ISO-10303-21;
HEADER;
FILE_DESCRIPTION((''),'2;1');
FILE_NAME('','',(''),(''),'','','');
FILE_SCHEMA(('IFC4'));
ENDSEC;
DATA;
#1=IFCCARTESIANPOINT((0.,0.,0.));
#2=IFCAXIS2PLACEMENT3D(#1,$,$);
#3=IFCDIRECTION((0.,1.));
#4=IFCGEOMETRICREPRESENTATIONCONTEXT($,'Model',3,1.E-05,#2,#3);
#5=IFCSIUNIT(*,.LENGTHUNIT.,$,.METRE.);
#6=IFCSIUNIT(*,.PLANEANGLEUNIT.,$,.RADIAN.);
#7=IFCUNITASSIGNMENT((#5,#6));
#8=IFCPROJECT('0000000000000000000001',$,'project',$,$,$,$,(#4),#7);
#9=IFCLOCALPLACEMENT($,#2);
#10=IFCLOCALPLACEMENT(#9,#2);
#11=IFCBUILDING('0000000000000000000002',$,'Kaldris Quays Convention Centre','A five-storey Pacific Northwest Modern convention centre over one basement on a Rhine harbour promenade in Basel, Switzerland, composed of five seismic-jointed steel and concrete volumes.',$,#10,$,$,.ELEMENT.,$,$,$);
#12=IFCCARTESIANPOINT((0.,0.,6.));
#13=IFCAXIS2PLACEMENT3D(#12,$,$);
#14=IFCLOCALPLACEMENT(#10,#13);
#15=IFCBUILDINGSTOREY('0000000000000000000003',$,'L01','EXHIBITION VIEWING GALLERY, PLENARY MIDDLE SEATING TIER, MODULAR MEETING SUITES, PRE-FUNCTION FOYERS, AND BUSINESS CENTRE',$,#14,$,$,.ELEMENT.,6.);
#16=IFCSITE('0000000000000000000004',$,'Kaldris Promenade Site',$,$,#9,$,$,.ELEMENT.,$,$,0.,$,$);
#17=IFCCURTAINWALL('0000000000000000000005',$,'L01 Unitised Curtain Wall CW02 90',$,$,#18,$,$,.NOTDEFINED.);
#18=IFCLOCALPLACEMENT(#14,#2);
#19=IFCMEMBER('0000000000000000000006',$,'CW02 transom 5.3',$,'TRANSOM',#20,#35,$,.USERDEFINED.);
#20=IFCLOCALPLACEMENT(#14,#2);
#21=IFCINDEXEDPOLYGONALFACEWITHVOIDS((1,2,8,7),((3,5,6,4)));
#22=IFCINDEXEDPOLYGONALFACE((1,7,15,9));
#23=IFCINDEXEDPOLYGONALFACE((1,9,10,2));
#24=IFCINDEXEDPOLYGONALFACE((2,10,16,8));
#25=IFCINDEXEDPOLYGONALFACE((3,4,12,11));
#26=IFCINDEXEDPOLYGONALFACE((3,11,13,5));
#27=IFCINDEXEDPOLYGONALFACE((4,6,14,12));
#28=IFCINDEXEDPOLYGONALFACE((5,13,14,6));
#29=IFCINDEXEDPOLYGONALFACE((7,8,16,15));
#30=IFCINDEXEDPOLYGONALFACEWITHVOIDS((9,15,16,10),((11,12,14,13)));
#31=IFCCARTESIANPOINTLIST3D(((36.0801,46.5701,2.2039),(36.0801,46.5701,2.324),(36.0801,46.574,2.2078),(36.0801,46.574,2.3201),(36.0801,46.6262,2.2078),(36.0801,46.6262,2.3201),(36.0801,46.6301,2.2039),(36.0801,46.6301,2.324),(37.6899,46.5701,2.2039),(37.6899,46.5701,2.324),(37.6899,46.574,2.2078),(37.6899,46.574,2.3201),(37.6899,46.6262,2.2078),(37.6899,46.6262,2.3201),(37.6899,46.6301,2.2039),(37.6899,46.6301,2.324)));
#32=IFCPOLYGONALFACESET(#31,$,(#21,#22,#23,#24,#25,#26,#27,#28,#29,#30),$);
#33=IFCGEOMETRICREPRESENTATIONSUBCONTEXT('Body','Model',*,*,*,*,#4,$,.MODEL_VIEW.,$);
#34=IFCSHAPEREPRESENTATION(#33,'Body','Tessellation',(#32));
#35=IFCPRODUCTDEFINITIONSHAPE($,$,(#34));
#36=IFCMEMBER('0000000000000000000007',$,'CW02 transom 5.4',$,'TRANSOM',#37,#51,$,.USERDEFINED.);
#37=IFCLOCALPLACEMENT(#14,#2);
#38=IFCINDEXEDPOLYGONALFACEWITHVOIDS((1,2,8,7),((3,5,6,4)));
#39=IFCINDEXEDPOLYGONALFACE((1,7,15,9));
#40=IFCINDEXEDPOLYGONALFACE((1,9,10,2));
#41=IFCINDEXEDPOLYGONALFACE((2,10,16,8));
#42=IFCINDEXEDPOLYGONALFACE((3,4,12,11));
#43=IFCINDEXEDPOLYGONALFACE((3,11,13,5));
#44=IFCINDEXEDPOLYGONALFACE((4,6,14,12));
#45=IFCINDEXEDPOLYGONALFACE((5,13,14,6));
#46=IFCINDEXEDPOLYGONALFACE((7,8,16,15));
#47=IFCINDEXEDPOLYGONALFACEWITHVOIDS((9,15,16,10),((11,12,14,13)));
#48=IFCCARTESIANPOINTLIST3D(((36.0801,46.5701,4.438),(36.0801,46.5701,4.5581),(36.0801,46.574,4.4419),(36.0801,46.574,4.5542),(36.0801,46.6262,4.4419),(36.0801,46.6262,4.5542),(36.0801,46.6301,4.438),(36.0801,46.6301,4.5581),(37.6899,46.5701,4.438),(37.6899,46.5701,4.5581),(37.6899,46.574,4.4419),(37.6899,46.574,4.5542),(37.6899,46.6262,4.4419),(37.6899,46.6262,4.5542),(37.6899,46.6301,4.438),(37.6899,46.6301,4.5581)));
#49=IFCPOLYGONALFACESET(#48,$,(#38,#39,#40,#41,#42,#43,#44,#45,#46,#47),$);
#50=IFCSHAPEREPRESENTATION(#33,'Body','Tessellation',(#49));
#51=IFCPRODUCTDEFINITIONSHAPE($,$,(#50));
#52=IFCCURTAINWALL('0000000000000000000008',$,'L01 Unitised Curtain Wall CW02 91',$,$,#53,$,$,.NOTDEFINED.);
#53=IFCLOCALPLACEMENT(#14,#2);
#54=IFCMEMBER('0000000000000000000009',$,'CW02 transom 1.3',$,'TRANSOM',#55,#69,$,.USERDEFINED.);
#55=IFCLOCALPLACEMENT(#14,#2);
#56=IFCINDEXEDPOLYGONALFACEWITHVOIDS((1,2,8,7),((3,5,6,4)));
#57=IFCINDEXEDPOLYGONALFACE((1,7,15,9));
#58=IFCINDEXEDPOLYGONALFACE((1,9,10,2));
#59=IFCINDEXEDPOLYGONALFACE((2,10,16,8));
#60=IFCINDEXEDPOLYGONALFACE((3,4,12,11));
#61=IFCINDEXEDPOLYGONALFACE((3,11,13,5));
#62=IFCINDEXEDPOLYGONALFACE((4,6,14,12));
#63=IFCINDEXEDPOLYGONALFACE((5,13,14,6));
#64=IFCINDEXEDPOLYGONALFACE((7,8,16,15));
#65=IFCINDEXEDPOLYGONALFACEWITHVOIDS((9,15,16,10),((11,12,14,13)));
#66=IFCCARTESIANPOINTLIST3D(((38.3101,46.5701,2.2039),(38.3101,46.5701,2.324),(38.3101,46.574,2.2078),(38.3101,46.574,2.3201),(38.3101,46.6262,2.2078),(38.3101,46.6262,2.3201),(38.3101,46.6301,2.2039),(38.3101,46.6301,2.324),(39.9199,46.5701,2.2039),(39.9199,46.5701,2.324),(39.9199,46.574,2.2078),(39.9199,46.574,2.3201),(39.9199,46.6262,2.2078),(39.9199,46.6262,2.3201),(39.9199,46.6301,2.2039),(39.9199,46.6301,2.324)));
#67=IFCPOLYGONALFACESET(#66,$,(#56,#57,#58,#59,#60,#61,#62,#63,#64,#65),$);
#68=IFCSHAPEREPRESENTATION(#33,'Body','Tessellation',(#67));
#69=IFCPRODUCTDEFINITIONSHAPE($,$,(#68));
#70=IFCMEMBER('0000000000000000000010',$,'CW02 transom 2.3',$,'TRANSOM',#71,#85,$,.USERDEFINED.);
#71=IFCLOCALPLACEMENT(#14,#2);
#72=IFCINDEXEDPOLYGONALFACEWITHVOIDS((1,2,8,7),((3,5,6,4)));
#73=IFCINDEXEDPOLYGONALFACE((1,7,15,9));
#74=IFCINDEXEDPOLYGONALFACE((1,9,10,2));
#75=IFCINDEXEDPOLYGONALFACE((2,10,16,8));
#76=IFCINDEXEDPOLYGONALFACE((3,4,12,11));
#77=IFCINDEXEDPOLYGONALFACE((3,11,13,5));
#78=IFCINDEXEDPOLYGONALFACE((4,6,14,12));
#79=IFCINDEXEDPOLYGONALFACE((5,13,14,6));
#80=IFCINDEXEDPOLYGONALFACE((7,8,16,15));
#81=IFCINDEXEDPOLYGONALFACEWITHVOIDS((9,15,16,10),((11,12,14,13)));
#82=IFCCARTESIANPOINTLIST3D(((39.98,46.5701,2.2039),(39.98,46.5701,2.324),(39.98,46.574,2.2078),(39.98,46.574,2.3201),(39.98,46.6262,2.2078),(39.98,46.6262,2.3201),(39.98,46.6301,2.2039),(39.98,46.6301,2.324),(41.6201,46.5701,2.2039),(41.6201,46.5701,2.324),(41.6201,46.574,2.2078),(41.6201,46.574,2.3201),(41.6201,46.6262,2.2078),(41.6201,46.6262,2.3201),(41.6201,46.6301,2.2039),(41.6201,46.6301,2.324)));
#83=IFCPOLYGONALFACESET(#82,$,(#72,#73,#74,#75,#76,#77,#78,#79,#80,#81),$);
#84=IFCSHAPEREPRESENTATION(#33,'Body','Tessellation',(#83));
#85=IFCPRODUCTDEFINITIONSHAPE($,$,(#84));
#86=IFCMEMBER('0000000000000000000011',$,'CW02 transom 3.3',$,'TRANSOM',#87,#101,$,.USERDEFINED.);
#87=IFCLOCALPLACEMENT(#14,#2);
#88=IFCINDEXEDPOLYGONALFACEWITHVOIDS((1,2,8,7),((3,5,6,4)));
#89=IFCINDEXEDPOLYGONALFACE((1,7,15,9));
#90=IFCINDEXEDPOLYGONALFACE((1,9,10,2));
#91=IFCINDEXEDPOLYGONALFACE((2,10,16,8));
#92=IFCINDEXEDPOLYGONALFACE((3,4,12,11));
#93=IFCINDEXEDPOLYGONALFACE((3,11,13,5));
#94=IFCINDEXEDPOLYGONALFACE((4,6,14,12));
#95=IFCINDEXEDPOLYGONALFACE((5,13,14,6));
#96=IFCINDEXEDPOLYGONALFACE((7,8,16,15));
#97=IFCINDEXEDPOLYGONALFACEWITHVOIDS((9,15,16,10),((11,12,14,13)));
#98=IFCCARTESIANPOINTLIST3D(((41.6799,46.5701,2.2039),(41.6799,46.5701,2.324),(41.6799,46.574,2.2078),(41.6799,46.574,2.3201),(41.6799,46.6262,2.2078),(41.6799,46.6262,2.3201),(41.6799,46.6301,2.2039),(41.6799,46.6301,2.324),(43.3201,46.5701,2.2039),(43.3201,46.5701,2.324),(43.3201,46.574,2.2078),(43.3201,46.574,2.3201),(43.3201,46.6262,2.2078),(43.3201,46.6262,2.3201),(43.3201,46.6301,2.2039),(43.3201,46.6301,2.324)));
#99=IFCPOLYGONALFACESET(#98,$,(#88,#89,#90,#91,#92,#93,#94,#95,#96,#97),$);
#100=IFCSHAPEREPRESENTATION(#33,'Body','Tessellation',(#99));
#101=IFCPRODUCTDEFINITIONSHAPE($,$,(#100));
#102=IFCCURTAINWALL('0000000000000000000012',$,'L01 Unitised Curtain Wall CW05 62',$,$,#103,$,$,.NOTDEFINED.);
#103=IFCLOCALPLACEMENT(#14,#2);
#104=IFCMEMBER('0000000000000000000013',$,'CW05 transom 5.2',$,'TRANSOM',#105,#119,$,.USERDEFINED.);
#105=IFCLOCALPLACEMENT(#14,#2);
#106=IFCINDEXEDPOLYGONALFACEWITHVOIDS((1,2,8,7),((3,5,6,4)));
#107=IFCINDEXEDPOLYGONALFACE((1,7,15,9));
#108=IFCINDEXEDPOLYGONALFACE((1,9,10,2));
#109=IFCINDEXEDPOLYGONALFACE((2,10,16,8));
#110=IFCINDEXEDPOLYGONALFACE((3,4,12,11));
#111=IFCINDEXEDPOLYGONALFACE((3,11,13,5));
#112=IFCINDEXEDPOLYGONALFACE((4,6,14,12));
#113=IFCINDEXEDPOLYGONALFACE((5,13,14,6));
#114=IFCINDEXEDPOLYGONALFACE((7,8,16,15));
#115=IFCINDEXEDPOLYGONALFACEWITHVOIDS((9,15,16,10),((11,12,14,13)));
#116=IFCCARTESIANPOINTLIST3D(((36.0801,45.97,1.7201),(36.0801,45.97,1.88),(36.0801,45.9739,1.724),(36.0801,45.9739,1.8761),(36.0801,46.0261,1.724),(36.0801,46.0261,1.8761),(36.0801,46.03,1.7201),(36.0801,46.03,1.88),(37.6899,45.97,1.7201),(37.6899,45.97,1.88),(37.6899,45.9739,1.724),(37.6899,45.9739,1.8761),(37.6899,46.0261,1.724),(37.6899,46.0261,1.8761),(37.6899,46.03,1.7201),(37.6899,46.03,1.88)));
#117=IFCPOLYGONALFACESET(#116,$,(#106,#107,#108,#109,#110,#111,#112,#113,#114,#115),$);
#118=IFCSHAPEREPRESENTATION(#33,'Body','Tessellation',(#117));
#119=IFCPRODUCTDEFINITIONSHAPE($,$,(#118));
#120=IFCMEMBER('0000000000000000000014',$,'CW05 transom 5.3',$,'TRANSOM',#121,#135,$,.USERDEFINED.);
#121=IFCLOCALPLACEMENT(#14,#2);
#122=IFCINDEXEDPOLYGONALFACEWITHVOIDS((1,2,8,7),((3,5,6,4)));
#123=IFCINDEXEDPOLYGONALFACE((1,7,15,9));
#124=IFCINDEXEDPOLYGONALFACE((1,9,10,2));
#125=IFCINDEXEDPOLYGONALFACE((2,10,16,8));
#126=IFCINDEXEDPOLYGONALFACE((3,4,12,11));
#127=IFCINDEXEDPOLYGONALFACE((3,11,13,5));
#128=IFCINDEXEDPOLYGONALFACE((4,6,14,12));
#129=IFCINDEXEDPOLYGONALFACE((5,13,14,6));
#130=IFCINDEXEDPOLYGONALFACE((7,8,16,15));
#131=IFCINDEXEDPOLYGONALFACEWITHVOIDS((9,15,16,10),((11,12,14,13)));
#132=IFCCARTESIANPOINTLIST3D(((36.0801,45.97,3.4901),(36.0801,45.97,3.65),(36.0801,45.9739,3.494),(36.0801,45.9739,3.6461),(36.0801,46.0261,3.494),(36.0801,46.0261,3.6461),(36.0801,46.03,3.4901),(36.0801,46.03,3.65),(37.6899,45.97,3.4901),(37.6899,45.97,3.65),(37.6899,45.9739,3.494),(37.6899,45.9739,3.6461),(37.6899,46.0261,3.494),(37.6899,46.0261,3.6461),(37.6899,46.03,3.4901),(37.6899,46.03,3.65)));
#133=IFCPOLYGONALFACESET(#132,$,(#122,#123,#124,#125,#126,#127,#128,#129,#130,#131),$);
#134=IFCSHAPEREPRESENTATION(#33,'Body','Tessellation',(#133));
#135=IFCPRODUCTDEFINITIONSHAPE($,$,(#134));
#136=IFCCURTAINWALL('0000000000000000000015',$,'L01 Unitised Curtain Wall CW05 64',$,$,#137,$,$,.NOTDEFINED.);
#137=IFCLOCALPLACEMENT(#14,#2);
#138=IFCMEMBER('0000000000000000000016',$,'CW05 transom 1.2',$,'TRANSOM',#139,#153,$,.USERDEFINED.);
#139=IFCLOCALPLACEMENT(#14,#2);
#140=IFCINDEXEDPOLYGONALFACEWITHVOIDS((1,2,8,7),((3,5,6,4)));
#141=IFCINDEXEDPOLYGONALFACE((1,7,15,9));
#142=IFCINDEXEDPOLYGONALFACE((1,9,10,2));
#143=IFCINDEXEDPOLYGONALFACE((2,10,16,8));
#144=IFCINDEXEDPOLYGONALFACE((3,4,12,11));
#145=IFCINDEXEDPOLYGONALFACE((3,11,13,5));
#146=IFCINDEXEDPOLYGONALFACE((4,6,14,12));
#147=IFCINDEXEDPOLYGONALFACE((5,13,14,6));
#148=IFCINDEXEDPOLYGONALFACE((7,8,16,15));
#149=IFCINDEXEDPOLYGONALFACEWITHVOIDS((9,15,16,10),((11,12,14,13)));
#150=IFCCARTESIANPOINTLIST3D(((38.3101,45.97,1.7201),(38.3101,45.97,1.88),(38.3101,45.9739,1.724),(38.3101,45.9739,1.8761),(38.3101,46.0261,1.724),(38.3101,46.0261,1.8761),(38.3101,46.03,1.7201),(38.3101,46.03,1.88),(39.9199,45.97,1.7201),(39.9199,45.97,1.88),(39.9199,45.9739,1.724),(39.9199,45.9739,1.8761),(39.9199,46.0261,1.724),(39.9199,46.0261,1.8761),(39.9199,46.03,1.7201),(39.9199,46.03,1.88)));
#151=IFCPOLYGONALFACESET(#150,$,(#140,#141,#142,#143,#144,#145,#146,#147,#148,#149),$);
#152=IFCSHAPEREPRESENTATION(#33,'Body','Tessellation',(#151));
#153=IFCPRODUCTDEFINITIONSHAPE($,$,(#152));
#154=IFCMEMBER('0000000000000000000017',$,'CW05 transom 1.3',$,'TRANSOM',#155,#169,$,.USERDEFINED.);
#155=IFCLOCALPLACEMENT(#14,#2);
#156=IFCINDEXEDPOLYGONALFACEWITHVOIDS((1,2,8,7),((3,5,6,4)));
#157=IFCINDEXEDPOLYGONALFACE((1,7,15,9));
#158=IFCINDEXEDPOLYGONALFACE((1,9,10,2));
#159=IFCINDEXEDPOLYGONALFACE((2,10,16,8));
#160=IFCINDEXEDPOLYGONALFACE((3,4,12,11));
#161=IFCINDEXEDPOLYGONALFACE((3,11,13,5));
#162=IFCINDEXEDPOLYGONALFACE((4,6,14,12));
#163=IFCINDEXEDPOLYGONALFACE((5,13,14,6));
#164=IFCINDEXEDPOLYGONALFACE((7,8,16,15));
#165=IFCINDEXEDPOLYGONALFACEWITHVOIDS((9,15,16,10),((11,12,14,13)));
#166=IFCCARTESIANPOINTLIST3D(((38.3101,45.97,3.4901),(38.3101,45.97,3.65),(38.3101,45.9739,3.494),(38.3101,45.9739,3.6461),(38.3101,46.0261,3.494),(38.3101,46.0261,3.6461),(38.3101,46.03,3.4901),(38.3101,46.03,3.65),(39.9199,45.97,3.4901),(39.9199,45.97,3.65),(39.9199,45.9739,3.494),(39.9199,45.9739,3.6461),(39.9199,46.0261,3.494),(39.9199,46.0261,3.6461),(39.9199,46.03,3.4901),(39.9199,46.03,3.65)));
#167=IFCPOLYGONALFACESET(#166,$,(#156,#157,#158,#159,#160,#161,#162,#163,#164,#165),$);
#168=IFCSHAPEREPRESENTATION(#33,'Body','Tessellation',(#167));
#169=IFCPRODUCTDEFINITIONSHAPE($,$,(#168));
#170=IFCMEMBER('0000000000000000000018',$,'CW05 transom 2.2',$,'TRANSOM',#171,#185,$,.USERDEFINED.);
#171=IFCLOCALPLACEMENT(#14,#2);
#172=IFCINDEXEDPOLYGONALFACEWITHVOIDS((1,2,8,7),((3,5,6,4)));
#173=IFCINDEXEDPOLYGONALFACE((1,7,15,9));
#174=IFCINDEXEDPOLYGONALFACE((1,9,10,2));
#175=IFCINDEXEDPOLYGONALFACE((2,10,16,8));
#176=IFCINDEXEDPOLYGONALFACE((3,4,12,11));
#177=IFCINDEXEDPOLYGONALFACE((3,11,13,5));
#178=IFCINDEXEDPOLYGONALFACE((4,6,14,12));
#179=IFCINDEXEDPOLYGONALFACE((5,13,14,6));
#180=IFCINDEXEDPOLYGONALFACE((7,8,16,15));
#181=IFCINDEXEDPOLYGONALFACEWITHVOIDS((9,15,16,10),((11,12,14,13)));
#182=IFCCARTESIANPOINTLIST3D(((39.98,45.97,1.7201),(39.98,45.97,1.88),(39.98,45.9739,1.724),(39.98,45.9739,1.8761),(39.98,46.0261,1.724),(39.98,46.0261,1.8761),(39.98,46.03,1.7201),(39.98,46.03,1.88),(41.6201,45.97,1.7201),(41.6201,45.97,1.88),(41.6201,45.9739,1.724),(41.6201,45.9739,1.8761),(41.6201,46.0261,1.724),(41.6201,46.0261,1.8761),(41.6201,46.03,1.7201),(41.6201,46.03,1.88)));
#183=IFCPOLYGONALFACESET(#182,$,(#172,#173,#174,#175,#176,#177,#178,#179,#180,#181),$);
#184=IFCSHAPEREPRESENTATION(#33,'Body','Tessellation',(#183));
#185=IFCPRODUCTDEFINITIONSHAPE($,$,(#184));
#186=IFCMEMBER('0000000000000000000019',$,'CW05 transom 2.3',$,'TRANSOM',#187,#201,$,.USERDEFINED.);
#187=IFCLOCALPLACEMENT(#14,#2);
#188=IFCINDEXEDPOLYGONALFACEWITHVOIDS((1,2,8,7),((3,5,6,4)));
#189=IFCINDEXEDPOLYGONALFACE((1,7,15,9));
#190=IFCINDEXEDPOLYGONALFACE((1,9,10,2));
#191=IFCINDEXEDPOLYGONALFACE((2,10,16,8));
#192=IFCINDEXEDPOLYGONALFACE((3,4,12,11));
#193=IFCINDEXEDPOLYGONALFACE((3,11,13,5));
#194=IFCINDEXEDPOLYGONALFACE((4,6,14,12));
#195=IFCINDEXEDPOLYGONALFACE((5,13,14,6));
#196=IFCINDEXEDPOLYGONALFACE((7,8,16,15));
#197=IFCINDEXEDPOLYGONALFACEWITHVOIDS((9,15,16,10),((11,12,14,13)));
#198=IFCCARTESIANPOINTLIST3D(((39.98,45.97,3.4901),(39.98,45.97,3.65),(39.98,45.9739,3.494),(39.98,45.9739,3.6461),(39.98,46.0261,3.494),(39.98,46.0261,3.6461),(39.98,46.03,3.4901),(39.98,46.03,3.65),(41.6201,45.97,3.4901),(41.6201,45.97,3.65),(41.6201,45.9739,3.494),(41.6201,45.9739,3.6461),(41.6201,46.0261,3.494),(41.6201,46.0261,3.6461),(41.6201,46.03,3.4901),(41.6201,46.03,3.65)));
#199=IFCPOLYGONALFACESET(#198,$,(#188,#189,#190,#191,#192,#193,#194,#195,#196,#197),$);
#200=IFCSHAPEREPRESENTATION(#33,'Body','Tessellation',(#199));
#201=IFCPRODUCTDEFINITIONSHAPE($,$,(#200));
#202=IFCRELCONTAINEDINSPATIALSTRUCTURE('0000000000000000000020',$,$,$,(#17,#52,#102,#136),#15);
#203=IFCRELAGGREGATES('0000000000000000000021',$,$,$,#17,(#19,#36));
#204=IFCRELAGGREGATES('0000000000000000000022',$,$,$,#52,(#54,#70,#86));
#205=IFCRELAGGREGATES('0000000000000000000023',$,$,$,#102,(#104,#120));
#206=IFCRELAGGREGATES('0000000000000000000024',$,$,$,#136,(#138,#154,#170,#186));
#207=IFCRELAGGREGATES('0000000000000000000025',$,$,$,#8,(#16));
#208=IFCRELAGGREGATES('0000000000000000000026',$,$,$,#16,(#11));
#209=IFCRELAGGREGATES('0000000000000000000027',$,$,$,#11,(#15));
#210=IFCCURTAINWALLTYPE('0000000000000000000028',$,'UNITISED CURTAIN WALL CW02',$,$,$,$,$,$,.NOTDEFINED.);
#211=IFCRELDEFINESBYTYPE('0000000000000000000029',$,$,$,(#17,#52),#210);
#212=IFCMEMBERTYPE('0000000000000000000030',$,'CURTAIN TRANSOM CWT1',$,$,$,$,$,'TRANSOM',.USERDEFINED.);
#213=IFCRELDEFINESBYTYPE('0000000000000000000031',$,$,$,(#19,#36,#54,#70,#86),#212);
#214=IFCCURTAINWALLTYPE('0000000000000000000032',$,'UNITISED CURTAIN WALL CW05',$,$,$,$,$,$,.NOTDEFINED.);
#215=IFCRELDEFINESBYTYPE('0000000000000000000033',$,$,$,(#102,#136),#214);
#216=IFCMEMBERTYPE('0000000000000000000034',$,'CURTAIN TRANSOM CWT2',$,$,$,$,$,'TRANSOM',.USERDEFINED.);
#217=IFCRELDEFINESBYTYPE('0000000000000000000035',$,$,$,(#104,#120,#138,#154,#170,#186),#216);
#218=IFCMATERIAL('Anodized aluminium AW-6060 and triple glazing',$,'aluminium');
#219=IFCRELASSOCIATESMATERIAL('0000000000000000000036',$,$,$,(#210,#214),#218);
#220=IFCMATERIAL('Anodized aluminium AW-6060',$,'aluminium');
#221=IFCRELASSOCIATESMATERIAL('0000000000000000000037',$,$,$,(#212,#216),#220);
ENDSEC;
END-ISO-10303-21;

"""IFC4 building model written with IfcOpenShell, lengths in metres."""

from ifc_helpers import new_model, si_unit, direction, frame, origin, origin_2d, place, context, subcontext, project, spatial, hollow_rectangle, extrude, material, material_profile, profile_set, type_object, element, aggregate, save


model = new_model("IFC4")

# Units and contexts
model_context = context("Model", 3, precision=1e-05, world=origin(), true_north=direction((0.0, 1.0)))
body_context = subcontext(model_context, "Body", "Model", "MODEL_VIEW")
ifc_project = project(units=[si_unit("LENGTHUNIT", "METRE"), si_unit("PLANEANGLEUNIT", "RADIAN")], contexts=[model_context])

# Site, building, storey
site_placement = place(None, origin())
site = spatial("IfcSite", under=ifc_project, at=site_placement, Name="Kaldris Promenade Site", CompositionType="ELEMENT", RefElevation=0.0)
building_placement = place(site_placement, origin())
building = spatial("IfcBuilding", under=site, at=building_placement, Name="Kaldris Quays Convention Centre", Description="A five-storey Pacific Northwest Modern convention centre over one basement on a Rhine harbour promenade in Basel, Switzerland, composed of five seismic-jointed steel and concrete volumes.", CompositionType="ELEMENT")
storey_placement = place(building_placement, frame((0.0, 0.0, 6.0)))
storey = spatial("IfcBuildingStorey", under=building, at=storey_placement, Name="L01", Description="EXHIBITION VIEWING GALLERY, PLENARY MIDDLE SEATING TIER, MODULAR MEETING SUITES, PRE-FUNCTION FOYERS, AND BUSINESS CENTRE", CompositionType="ELEMENT", Elevation=6.0)

# Curtain walls, members
ifc_material_1 = material(Name="Anodized aluminium AW-6060 and triple glazing", Category="aluminium")
curtain_wall_type_1 = type_object("IfcCurtainWallType", Name="UNITISED CURTAIN WALL CW02", PredefinedType="NOTDEFINED", material=ifc_material_1)
curtain_wall_1_placement = place(storey_placement, origin())
curtain_wall_1 = element("IfcCurtainWall", 1, at=curtain_wall_1_placement, inside=storey, type_object=curtain_wall_type_1, Name="L01 Unitised Curtain Wall CW02 90", PredefinedType="NOTDEFINED")
ifc_material_2 = material(Name="Anodized aluminium AW-6060", Category="aluminium")
ifc_material_profile_1 = material_profile(ifc_material_2, hollow_rectangle(XDim=0.0601, YDim=0.1201, WallThickness=0.0039, at=origin_2d()), Name="RHS 120x60x4")
ifc_profile_set_1 = profile_set([ifc_material_profile_1], Name="Anodized aluminium AW-6060")
member_type_1 = type_object("IfcMemberType", Name="CURTAIN TRANSOM CWT1", ElementType="TRANSOM", PredefinedType="USERDEFINED", material=ifc_profile_set_1)
member_1_placement = place(storey_placement, frame((36.0801, 46.6001, 2.2639), z_axis=(1.0, 0.0, 0.0), x_axis=(0.0, 1.0, 0.0)))
member_1 = element("IfcMember", 2, at=member_1_placement, type_object=member_type_1, Name="CW02 transom 5.3", ObjectType="TRANSOM", PredefinedType="USERDEFINED", context=body_context, shape_type="SweptSolid", body=[
    extrude(hollow_rectangle(XDim=0.0601, YDim=0.1201, WallThickness=0.0039, at=origin_2d()), origin(), (0.0, 0.0, 1.0), 1.6099),
])
member_2_placement = place(storey_placement, frame((36.0801, 46.6001, 4.498), z_axis=(1.0, 0.0, 0.0), x_axis=(0.0, 1.0, 0.0)))
member_2 = element("IfcMember", 3, at=member_2_placement, type_object=member_type_1, Name="CW02 transom 5.4", ObjectType="TRANSOM", PredefinedType="USERDEFINED", context=body_context, shape_type="SweptSolid", body=[
    extrude(hollow_rectangle(XDim=0.0601, YDim=0.1201, WallThickness=0.0039, at=origin_2d()), origin(), (0.0, 0.0, 1.0), 1.6099),
])
curtain_wall_2_placement = place(storey_placement, origin())
curtain_wall_2 = element("IfcCurtainWall", 4, at=curtain_wall_2_placement, inside=storey, type_object=curtain_wall_type_1, Name="L01 Unitised Curtain Wall CW02 91", PredefinedType="NOTDEFINED")
member_3_placement = place(storey_placement, frame((38.3101, 46.6001, 2.2639), z_axis=(1.0, 0.0, 0.0), x_axis=(0.0, 1.0, 0.0)))
member_3 = element("IfcMember", 5, at=member_3_placement, type_object=member_type_1, Name="CW02 transom 1.3", ObjectType="TRANSOM", PredefinedType="USERDEFINED", context=body_context, shape_type="SweptSolid", body=[
    extrude(hollow_rectangle(XDim=0.0601, YDim=0.1201, WallThickness=0.0039, at=origin_2d()), origin(), (0.0, 0.0, 1.0), 1.6099),
])
member_4_placement = place(storey_placement, frame((39.98, 46.6001, 2.2639), z_axis=(1.0, 0.0, 0.0), x_axis=(0.0, 1.0, 0.0)))
member_4 = element("IfcMember", 6, at=member_4_placement, type_object=member_type_1, Name="CW02 transom 2.3", ObjectType="TRANSOM", PredefinedType="USERDEFINED", context=body_context, shape_type="SweptSolid", body=[
    extrude(hollow_rectangle(XDim=0.0601, YDim=0.1201, WallThickness=0.0039, at=origin_2d()), origin(), (0.0, 0.0, 1.0), 1.6401),
])
member_5_placement = place(storey_placement, frame((41.6799, 46.6001, 2.2639), z_axis=(1.0, 0.0, 0.0), x_axis=(0.0, 1.0, 0.0)))
member_5 = element("IfcMember", 7, at=member_5_placement, type_object=member_type_1, Name="CW02 transom 3.3", ObjectType="TRANSOM", PredefinedType="USERDEFINED", context=body_context, shape_type="SweptSolid", body=[
    extrude(hollow_rectangle(XDim=0.0601, YDim=0.1201, WallThickness=0.0039, at=origin_2d()), origin(), (0.0, 0.0, 1.0), 1.6401),
])
curtain_wall_type_2 = type_object("IfcCurtainWallType", Name="UNITISED CURTAIN WALL CW05", PredefinedType="NOTDEFINED", material=ifc_material_1)
curtain_wall_3_placement = place(storey_placement, origin())
curtain_wall_3 = element("IfcCurtainWall", 8, at=curtain_wall_3_placement, inside=storey, type_object=curtain_wall_type_2, Name="L01 Unitised Curtain Wall CW05 62", PredefinedType="NOTDEFINED")
ifc_material_profile_2 = material_profile(ifc_material_2, hollow_rectangle(XDim=0.0601, YDim=0.1599, WallThickness=0.0039, at=origin_2d()), Name="RHS 160x60x4")
ifc_profile_set_2 = profile_set([ifc_material_profile_2], Name="Anodized aluminium AW-6060")
member_type_2 = type_object("IfcMemberType", Name="CURTAIN TRANSOM CWT2", ElementType="TRANSOM", PredefinedType="USERDEFINED", material=ifc_profile_set_2)
member_6_placement = place(storey_placement, frame((36.0801, 46.0, 1.8), z_axis=(1.0, 0.0, 0.0), x_axis=(0.0, 1.0, 0.0)))
member_6 = element("IfcMember", 9, at=member_6_placement, type_object=member_type_2, Name="CW05 transom 5.2", ObjectType="TRANSOM", PredefinedType="USERDEFINED", context=body_context, shape_type="SweptSolid", body=[
    extrude(hollow_rectangle(XDim=0.0601, YDim=0.1599, WallThickness=0.0039, at=origin_2d()), origin(), (0.0, 0.0, 1.0), 1.6099),
])
member_7_placement = place(storey_placement, frame((36.0801, 46.0, 3.5701), z_axis=(1.0, 0.0, 0.0), x_axis=(0.0, 1.0, 0.0)))
member_7 = element("IfcMember", 10, at=member_7_placement, type_object=member_type_2, Name="CW05 transom 5.3", ObjectType="TRANSOM", PredefinedType="USERDEFINED", context=body_context, shape_type="SweptSolid", body=[
    extrude(hollow_rectangle(XDim=0.0601, YDim=0.1599, WallThickness=0.0039, at=origin_2d()), origin(), (0.0, 0.0, 1.0), 1.6099),
])
curtain_wall_4_placement = place(storey_placement, origin())
curtain_wall_4 = element("IfcCurtainWall", 11, at=curtain_wall_4_placement, inside=storey, type_object=curtain_wall_type_2, Name="L01 Unitised Curtain Wall CW05 64", PredefinedType="NOTDEFINED")
member_8_placement = place(storey_placement, frame((38.3101, 46.0, 1.8), z_axis=(1.0, 0.0, 0.0), x_axis=(0.0, 1.0, 0.0)))
member_8 = element("IfcMember", 12, at=member_8_placement, type_object=member_type_2, Name="CW05 transom 1.2", ObjectType="TRANSOM", PredefinedType="USERDEFINED", context=body_context, shape_type="SweptSolid", body=[
    extrude(hollow_rectangle(XDim=0.0601, YDim=0.1599, WallThickness=0.0039, at=origin_2d()), origin(), (0.0, 0.0, 1.0), 1.6099),
])
member_9_placement = place(storey_placement, frame((38.3101, 46.0, 3.5701), z_axis=(1.0, 0.0, 0.0), x_axis=(0.0, 1.0, 0.0)))
member_9 = element("IfcMember", 13, at=member_9_placement, type_object=member_type_2, Name="CW05 transom 1.3", ObjectType="TRANSOM", PredefinedType="USERDEFINED", context=body_context, shape_type="SweptSolid", body=[
    extrude(hollow_rectangle(XDim=0.0601, YDim=0.1599, WallThickness=0.0039, at=origin_2d()), origin(), (0.0, 0.0, 1.0), 1.6099),
])
member_10_placement = place(storey_placement, frame((39.98, 46.0, 1.8), z_axis=(1.0, 0.0, 0.0), x_axis=(0.0, 1.0, 0.0)))
member_10 = element("IfcMember", 14, at=member_10_placement, type_object=member_type_2, Name="CW05 transom 2.2", ObjectType="TRANSOM", PredefinedType="USERDEFINED", context=body_context, shape_type="SweptSolid", body=[
    extrude(hollow_rectangle(XDim=0.0601, YDim=0.1599, WallThickness=0.0039, at=origin_2d()), origin(), (0.0, 0.0, 1.0), 1.6401),
])
member_11_placement = place(storey_placement, frame((39.98, 46.0, 3.5701), z_axis=(1.0, 0.0, 0.0), x_axis=(0.0, 1.0, 0.0)))
member_11 = element("IfcMember", 15, at=member_11_placement, type_object=member_type_2, Name="CW05 transom 2.3", ObjectType="TRANSOM", PredefinedType="USERDEFINED", context=body_context, shape_type="SweptSolid", body=[
    extrude(hollow_rectangle(XDim=0.0601, YDim=0.1599, WallThickness=0.0039, at=origin_2d()), origin(), (0.0, 0.0, 1.0), 1.6401),
])

aggregate(curtain_wall_1, [member_1, member_2])
aggregate(curtain_wall_2, [member_3, member_4, member_5])
aggregate(curtain_wall_3, [member_6, member_7])
aggregate(curtain_wall_4, [member_8, member_9, member_10, member_11])

save(model, "model.ifc")
